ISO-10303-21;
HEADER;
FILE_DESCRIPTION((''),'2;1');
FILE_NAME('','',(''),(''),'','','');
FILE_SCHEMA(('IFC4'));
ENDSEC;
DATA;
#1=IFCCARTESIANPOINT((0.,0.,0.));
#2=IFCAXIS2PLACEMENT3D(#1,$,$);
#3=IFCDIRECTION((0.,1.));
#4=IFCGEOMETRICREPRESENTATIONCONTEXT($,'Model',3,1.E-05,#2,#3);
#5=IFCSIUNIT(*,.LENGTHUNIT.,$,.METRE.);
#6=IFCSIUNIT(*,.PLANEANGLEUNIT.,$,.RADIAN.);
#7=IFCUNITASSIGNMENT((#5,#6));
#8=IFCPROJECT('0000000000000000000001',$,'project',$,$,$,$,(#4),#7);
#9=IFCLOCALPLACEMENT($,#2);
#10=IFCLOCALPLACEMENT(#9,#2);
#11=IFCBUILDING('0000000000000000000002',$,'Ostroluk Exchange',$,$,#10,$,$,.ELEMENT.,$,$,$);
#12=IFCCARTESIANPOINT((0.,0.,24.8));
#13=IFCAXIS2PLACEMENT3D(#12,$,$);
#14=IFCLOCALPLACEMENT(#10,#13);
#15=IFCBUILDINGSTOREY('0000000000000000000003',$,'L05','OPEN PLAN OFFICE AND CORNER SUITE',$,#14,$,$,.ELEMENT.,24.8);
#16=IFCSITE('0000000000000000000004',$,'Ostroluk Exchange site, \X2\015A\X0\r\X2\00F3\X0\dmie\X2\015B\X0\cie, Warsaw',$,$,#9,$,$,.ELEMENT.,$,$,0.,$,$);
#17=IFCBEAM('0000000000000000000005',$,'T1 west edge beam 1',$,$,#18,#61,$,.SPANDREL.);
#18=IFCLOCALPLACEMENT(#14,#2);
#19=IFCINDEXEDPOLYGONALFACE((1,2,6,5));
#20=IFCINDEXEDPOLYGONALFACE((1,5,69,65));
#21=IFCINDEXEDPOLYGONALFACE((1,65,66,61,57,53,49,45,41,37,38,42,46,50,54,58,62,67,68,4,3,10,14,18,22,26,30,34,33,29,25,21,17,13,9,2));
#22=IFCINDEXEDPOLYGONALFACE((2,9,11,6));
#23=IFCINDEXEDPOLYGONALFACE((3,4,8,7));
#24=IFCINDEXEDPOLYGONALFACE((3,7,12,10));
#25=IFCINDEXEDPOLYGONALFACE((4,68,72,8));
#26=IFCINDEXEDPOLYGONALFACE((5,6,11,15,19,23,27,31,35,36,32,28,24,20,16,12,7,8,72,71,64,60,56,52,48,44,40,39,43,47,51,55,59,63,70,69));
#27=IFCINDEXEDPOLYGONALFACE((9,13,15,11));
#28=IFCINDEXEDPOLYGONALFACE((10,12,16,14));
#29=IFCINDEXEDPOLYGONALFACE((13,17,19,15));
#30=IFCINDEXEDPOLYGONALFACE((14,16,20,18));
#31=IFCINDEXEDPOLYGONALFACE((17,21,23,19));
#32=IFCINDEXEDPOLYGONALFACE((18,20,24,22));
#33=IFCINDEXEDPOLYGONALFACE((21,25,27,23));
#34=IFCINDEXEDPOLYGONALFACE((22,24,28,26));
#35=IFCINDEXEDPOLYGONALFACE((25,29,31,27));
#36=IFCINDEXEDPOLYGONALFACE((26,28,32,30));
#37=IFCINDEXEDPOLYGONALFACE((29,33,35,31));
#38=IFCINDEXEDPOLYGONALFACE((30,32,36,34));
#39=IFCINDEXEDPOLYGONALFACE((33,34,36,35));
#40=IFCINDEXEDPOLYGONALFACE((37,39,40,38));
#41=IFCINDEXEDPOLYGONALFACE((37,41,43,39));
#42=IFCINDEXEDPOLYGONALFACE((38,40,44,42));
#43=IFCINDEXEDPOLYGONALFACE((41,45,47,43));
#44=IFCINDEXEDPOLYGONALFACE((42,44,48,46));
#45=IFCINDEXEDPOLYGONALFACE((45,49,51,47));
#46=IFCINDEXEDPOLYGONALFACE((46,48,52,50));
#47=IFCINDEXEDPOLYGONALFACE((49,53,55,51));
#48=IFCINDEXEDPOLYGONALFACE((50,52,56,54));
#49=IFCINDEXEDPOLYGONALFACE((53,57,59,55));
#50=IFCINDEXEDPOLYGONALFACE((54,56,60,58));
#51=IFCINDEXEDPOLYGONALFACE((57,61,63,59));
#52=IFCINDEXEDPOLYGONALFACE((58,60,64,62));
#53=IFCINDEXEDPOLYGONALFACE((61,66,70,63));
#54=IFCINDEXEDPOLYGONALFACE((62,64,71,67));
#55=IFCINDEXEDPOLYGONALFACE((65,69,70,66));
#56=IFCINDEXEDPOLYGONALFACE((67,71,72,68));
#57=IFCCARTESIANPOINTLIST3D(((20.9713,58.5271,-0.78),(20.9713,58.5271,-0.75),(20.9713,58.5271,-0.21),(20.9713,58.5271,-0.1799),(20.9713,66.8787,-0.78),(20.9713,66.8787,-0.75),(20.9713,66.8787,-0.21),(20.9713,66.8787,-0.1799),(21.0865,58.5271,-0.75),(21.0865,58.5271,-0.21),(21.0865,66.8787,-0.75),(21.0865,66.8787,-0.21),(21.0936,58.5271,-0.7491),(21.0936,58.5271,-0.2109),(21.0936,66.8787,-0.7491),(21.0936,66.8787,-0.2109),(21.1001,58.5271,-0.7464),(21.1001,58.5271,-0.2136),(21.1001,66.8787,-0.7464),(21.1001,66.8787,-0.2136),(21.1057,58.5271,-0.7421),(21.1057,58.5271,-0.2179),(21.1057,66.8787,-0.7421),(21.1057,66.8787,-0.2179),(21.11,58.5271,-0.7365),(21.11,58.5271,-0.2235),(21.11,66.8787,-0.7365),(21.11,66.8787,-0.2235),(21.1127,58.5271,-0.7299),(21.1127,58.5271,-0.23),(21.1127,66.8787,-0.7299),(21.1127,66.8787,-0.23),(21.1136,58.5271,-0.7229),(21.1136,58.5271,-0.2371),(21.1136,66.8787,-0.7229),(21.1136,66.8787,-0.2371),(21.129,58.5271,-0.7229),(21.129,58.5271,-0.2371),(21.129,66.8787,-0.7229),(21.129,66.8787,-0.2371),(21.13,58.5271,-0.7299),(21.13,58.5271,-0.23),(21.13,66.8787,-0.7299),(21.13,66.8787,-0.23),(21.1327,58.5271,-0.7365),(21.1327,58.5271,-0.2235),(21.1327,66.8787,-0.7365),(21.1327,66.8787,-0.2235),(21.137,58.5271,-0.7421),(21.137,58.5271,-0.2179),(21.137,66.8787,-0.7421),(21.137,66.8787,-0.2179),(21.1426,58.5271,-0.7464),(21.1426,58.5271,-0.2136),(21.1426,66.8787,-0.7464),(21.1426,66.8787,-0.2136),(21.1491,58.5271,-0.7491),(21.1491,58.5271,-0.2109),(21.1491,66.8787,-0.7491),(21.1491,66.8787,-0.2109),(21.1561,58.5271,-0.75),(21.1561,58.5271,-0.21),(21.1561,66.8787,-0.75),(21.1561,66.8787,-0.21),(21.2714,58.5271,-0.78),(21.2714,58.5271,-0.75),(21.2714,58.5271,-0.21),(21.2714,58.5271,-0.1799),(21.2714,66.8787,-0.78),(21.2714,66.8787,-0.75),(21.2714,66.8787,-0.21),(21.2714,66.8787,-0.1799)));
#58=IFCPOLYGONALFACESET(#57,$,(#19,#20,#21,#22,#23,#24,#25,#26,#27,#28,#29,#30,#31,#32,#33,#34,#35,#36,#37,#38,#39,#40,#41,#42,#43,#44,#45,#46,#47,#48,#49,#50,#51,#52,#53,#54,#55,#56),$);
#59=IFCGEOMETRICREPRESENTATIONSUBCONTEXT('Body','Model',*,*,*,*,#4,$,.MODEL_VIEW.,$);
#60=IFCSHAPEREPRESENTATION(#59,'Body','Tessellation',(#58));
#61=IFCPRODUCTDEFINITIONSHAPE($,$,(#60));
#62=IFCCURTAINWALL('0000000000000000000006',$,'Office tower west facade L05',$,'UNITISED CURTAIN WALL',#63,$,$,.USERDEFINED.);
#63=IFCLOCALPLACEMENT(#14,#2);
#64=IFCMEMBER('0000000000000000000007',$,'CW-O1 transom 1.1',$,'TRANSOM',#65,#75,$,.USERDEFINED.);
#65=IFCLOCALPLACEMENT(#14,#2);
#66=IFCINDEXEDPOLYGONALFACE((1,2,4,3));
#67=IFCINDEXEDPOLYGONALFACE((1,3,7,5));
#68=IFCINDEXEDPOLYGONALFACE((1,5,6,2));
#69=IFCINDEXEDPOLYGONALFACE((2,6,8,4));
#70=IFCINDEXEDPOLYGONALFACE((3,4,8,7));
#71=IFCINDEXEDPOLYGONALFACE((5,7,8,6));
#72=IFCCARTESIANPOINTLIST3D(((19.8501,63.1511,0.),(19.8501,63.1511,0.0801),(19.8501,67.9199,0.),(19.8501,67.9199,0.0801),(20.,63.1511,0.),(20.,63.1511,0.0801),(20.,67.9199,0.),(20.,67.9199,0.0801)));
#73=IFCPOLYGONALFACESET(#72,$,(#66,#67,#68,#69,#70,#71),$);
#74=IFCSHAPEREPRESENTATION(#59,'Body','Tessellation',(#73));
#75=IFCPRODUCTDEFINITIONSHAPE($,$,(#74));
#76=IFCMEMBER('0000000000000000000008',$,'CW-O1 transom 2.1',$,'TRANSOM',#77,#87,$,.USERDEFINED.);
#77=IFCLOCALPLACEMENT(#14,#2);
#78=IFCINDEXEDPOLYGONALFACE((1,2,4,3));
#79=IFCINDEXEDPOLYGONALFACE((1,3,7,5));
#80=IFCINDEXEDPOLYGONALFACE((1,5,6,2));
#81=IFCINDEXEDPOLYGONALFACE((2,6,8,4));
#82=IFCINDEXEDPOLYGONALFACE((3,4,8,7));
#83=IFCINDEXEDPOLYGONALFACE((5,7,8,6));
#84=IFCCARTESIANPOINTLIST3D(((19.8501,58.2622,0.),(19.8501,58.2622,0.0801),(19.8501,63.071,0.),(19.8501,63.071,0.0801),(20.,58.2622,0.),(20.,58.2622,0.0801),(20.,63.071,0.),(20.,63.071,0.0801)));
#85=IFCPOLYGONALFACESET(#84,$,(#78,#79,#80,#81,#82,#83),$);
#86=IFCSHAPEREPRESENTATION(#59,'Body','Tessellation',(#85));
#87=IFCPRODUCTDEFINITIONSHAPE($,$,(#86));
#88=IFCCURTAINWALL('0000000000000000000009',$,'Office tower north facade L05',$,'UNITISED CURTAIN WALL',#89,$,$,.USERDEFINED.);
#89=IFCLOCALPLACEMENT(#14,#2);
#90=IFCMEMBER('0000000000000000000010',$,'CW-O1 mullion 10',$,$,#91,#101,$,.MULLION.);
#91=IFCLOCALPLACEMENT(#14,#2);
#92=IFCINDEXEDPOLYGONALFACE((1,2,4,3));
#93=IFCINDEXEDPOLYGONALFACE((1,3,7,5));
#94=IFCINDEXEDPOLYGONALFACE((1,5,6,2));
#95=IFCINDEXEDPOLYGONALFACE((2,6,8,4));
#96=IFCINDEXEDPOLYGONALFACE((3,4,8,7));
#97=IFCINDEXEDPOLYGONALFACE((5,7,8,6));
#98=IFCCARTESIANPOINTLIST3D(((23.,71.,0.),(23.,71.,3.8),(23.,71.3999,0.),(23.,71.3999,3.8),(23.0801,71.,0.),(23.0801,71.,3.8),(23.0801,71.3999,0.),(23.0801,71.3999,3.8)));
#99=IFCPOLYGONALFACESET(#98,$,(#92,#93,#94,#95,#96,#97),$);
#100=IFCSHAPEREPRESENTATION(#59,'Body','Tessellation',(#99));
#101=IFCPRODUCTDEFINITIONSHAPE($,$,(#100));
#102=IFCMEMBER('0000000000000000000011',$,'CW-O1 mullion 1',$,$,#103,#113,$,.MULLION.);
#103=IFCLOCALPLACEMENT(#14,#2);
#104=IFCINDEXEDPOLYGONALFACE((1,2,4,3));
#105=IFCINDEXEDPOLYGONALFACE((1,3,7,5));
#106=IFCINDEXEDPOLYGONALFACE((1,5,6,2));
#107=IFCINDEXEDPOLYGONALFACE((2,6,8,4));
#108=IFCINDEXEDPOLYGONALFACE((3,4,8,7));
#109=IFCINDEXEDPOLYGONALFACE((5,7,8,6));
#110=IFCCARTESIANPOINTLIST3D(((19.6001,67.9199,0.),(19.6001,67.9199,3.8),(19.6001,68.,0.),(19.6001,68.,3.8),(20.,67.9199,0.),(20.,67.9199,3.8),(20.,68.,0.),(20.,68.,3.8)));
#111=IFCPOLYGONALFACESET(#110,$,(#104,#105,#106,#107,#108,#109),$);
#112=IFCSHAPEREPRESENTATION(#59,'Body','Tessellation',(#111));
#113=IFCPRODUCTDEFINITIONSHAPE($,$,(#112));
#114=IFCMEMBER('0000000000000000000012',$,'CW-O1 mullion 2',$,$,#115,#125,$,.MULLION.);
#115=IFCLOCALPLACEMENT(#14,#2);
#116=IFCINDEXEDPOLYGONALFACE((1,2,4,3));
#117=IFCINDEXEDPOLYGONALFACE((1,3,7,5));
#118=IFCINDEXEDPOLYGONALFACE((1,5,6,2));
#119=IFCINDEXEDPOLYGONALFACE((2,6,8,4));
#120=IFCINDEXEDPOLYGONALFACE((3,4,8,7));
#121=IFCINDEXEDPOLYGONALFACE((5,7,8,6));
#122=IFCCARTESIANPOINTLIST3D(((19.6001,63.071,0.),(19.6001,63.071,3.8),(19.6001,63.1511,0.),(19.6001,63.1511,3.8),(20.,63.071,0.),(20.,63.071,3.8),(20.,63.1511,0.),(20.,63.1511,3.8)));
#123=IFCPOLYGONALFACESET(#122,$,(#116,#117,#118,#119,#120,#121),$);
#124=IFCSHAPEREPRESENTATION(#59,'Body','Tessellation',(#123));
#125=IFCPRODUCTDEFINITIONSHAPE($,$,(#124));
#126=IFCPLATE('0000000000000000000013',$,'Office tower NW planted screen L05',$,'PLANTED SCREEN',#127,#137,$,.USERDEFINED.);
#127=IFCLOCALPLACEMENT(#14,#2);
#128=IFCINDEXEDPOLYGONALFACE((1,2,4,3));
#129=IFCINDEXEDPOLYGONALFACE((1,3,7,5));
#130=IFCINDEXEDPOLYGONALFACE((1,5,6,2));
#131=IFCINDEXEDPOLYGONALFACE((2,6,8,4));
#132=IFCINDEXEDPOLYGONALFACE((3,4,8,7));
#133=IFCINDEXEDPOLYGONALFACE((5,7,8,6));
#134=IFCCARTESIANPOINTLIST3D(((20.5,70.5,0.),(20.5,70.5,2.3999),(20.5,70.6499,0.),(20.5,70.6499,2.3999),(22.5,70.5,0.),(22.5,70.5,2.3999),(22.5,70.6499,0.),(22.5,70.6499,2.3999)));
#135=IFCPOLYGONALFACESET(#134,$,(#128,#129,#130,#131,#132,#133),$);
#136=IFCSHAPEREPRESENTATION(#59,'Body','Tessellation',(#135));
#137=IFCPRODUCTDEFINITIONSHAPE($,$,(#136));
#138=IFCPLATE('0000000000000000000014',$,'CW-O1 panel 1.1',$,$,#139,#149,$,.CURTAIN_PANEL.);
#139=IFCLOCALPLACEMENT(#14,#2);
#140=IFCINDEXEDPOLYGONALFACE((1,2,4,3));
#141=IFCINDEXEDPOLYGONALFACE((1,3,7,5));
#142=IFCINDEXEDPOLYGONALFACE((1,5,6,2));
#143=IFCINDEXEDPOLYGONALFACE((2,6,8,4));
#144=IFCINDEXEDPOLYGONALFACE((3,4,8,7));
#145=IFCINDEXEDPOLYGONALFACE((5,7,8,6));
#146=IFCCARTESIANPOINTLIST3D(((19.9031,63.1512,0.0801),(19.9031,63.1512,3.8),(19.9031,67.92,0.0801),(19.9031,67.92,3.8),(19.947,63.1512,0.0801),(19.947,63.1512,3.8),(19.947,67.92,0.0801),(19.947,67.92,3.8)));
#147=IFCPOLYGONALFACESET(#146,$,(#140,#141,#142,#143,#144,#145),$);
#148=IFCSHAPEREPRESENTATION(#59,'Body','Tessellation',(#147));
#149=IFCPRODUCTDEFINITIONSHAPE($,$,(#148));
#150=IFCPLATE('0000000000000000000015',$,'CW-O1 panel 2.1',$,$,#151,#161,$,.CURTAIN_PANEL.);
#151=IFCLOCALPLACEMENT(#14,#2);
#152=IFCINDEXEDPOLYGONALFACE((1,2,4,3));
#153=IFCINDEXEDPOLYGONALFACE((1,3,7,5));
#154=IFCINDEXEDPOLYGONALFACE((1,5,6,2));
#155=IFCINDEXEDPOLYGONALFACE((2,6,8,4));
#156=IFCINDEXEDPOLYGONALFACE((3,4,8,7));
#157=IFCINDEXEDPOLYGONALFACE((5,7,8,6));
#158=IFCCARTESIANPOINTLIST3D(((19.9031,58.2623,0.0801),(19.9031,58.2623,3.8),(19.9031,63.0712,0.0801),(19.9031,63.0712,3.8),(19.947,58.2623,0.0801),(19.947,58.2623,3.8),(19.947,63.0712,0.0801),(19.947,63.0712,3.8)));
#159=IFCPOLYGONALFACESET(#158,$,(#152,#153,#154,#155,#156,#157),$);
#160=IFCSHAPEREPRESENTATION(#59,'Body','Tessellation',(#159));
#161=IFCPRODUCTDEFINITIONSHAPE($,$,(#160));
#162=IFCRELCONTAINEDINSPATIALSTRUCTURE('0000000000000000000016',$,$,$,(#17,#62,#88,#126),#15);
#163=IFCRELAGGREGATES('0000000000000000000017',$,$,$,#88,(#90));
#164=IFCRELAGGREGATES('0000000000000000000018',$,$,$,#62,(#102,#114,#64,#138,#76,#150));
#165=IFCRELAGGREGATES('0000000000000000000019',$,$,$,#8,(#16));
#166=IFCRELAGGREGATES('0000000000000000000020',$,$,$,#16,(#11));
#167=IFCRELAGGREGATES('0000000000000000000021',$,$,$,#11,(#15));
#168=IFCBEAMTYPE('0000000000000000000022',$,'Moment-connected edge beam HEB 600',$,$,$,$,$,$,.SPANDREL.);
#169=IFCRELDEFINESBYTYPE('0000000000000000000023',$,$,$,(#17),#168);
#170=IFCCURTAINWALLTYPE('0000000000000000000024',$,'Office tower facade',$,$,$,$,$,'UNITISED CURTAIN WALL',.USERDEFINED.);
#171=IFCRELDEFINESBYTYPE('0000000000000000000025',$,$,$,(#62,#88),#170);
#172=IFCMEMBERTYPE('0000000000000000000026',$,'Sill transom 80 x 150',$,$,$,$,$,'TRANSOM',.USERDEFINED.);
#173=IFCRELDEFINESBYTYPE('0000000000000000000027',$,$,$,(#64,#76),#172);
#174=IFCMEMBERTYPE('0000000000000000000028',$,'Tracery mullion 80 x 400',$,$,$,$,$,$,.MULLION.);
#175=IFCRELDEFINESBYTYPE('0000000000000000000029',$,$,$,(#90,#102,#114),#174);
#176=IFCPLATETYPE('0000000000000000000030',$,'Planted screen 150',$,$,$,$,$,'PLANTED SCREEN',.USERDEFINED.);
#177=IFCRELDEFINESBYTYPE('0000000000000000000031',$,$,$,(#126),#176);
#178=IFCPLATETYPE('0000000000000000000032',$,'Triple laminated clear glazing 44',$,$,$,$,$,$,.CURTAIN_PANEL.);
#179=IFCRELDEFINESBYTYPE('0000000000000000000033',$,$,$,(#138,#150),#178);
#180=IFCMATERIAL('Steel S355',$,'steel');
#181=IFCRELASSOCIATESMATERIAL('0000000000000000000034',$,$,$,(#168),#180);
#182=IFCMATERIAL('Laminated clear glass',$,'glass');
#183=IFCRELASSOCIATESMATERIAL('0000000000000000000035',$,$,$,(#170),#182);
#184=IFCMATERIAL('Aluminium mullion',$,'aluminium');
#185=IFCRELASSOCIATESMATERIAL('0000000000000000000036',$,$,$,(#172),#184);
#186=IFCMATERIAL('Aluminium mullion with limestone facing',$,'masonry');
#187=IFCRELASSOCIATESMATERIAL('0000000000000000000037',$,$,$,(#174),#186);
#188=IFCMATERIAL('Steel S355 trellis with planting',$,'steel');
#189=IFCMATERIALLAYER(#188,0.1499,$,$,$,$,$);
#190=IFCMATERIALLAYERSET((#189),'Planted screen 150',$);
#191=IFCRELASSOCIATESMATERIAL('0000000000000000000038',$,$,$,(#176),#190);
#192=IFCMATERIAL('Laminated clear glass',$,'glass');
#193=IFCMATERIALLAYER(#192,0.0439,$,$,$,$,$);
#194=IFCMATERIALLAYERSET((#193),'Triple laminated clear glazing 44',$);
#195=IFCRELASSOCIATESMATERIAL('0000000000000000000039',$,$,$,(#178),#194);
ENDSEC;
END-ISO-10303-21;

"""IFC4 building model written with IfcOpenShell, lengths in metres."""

from ifc_helpers import new_model, si_unit, direction, frame, origin, origin_2d, place, context, subcontext, project, spatial, rectangle, i_section, extrude, material, layer, layer_set, material_profile, profile_set, type_object, element, aggregate, save


model = new_model("IFC4")

# Units and contexts
model_context = context("Model", 3, precision=1e-05, world=origin(), true_north=direction((0.0, 1.0)))
body_context = subcontext(model_context, "Body", "Model", "MODEL_VIEW")
ifc_project = project(units=[si_unit("LENGTHUNIT", "METRE"), si_unit("PLANEANGLEUNIT", "RADIAN")], contexts=[model_context])

# Site, building, storey
site_placement = place(None, origin())
site = spatial("IfcSite", under=ifc_project, at=site_placement, Name="Ostroluk Exchange site, Śródmieście, Warsaw", CompositionType="ELEMENT", RefElevation=0.0)
building_placement = place(site_placement, origin())
building = spatial("IfcBuilding", under=site, at=building_placement, Name="Ostroluk Exchange", CompositionType="ELEMENT")
storey_placement = place(building_placement, frame((0.0, 0.0, 24.8)))
storey = spatial("IfcBuildingStorey", under=building, at=storey_placement, Name="L05", Description="OPEN PLAN OFFICE AND CORNER SUITE", CompositionType="ELEMENT", Elevation=24.8)

# Beam
ifc_material_1 = material(Name="Steel S355", Category="steel")
ifc_material_profile_1 = material_profile(ifc_material_1, i_section(OverallWidth=0.3, OverallDepth=0.6001, WebThickness=0.0154, FlangeThickness=0.03, FilletRadius=0.0271, at=origin_2d()), Name="HEB 600")
ifc_profile_set_1 = profile_set([ifc_material_profile_1], Name="Steel S355")
beam_type_1 = type_object("IfcBeamType", Name="Moment-connected edge beam HEB 600", PredefinedType="SPANDREL", material=ifc_profile_set_1)
beam_placement = place(storey_placement, frame((21.1213, 66.8787, -0.48), z_axis=(0.0, -1.0, 0.0), x_axis=(1.0, 0.0, 0.0)))
element("IfcBeam", 1, at=beam_placement, inside=storey, type_object=beam_type_1, Name="T1 west edge beam 1", PredefinedType="SPANDREL", context=body_context, shape_type="SweptSolid", body=[
    extrude(i_section(OverallWidth=0.3, OverallDepth=0.6001, WebThickness=0.0154, FlangeThickness=0.03, FilletRadius=0.0271, at=origin_2d()), origin(), (0.0, 0.0, 1.0), 8.3516),
])

# Curtain wall, members
ifc_material_2 = material(Name="Laminated clear glass", Category="glass")
curtain_wall_type = type_object("IfcCurtainWallType", Name="Office tower facade", ElementType="UNITISED CURTAIN WALL", PredefinedType="USERDEFINED", material=ifc_material_2)
curtain_wall_1_placement = place(storey_placement, origin())
curtain_wall_1 = element("IfcCurtainWall", 2, at=curtain_wall_1_placement, inside=storey, type_object=curtain_wall_type, Name="Office tower west facade L05", ObjectType="UNITISED CURTAIN WALL", PredefinedType="USERDEFINED")
ifc_material_3 = material(Name="Aluminium mullion", Category="aluminium")
ifc_material_profile_2 = material_profile(ifc_material_3, rectangle(XDim=0.1499, YDim=0.0801, at=origin_2d()), Name="Sill transom 80 x 150")
ifc_profile_set_2 = profile_set([ifc_material_profile_2], Name="Aluminium mullion")
member_type_1 = type_object("IfcMemberType", Name="Sill transom 80 x 150", ElementType="TRANSOM", PredefinedType="USERDEFINED", material=ifc_profile_set_2)
member_1_placement = place(storey_placement, frame((19.925, 67.9199, 0.04), z_axis=(0.0, -1.0, 0.0), x_axis=(1.0, 0.0, 0.0)))
member_1 = element("IfcMember", 3, at=member_1_placement, type_object=member_type_1, Name="CW-O1 transom 1.1", ObjectType="TRANSOM", PredefinedType="USERDEFINED", context=body_context, shape_type="SweptSolid", body=[
    extrude(rectangle(XDim=0.1499, YDim=0.0801, at=origin_2d()), origin(), (0.0, 0.0, 1.0), 4.7688),
])
member_2_placement = place(storey_placement, frame((19.925, 63.071, 0.04), z_axis=(0.0, -1.0, 0.0), x_axis=(1.0, 0.0, 0.0)))
member_2 = element("IfcMember", 4, at=member_2_placement, type_object=member_type_1, Name="CW-O1 transom 2.1", ObjectType="TRANSOM", PredefinedType="USERDEFINED", context=body_context, shape_type="SweptSolid", body=[
    extrude(rectangle(XDim=0.1499, YDim=0.0801, at=origin_2d()), origin(), (0.0, 0.0, 1.0), 4.8088),
])

# Curtain wall, member
curtain_wall_2_placement = place(storey_placement, origin())
curtain_wall_2 = element("IfcCurtainWall", 5, at=curtain_wall_2_placement, inside=storey, type_object=curtain_wall_type, Name="Office tower north facade L05", ObjectType="UNITISED CURTAIN WALL", PredefinedType="USERDEFINED")
ifc_material_4 = material(Name="Aluminium mullion with limestone facing", Category="masonry")
ifc_material_profile_3 = material_profile(ifc_material_4, rectangle(XDim=0.3999, YDim=0.0801, at=origin_2d()), Name="Tracery mullion 80 x 400")
ifc_profile_set_3 = profile_set([ifc_material_profile_3], Name="Aluminium mullion with limestone facing")
member_type_2 = type_object("IfcMemberType", Name="Tracery mullion 80 x 400", PredefinedType="MULLION", material=ifc_profile_set_3)
member_3_placement = place(storey_placement, frame((23.04, 71.2, 0.0), z_axis=(0.0, 0.0, 1.0), x_axis=(0.0, -1.0, 0.0)))
member_3 = element("IfcMember", 6, at=member_3_placement, type_object=member_type_2, Name="CW-O1 mullion 10", PredefinedType="MULLION", context=body_context, shape_type="SweptSolid", body=[
    extrude(rectangle(XDim=0.3999, YDim=0.0801, at=origin_2d()), origin(), (0.0, 0.0, 1.0), 3.8),
])
aggregate(curtain_wall_2, [member_3])

# Members
member_4_placement = place(storey_placement, frame((19.8, 67.96, 0.0), z_axis=(0.0, 0.0, 1.0), x_axis=(1.0, 0.0, 0.0)))
member_4 = element("IfcMember", 7, at=member_4_placement, type_object=member_type_2, Name="CW-O1 mullion 1", PredefinedType="MULLION", context=body_context, shape_type="SweptSolid", body=[
    extrude(rectangle(XDim=0.3999, YDim=0.0801, at=origin_2d()), origin(), (0.0, 0.0, 1.0), 3.8),
])
member_5_placement = place(storey_placement, frame((19.8, 63.1111, 0.0), z_axis=(0.0, 0.0, 1.0), x_axis=(1.0, 0.0, 0.0)))
member_5 = element("IfcMember", 8, at=member_5_placement, type_object=member_type_2, Name="CW-O1 mullion 2", PredefinedType="MULLION", context=body_context, shape_type="SweptSolid", body=[
    extrude(rectangle(XDim=0.3999, YDim=0.0801, at=origin_2d()), origin(), (0.0, 0.0, 1.0), 3.8),
])

# Plates
ifc_material_5 = material(Name="Steel S355 trellis with planting", Category="steel")
ifc_layer_1 = layer(ifc_material_5, 0.1499)
ifc_layer_set_1 = layer_set([ifc_layer_1], Name="Planted screen 150")
plate_type_1 = type_object("IfcPlateType", Name="Planted screen 150", ElementType="PLANTED SCREEN", PredefinedType="USERDEFINED", material=ifc_layer_set_1)
plate_1_placement = place(storey_placement, frame((21.5, 70.575, 0.0), z_axis=(0.0, 0.0, 1.0), x_axis=(1.0, 0.0, 0.0)))
element("IfcPlate", 9, at=plate_1_placement, inside=storey, type_object=plate_type_1, Name="Office tower NW planted screen L05", ObjectType="PLANTED SCREEN", PredefinedType="USERDEFINED", context=body_context, shape_type="SweptSolid", body=[
    extrude(rectangle(XDim=2.0, YDim=0.1499, at=origin_2d()), origin(), (0.0, 0.0, 1.0), 2.3999),
])
ifc_material_6 = material(Name="Laminated clear glass", Category="glass")
ifc_layer_2 = layer(ifc_material_6, 0.0439)
ifc_layer_set_2 = layer_set([ifc_layer_2], Name="Triple laminated clear glazing 44")
plate_type_2 = type_object("IfcPlateType", Name="Triple laminated clear glazing 44", PredefinedType="CURTAIN_PANEL", material=ifc_layer_set_2)
plate_2_placement = place(storey_placement, frame((19.925, 65.5356, 0.0801), z_axis=(0.0, 0.0, 1.0), x_axis=(0.0, -1.0, 0.0)))
plate_2 = element("IfcPlate", 10, at=plate_2_placement, type_object=plate_type_2, Name="CW-O1 panel 1.1", PredefinedType="CURTAIN_PANEL", context=body_context, shape_type="SweptSolid", body=[
    extrude(rectangle(XDim=4.7688, YDim=0.0439, at=origin_2d()), origin(), (0.0, 0.0, 1.0), 3.72),
])
plate_3_placement = place(storey_placement, frame((19.925, 60.6667, 0.0801), z_axis=(0.0, 0.0, 1.0), x_axis=(0.0, -1.0, 0.0)))
plate_3 = element("IfcPlate", 11, at=plate_3_placement, type_object=plate_type_2, Name="CW-O1 panel 2.1", PredefinedType="CURTAIN_PANEL", context=body_context, shape_type="SweptSolid", body=[
    extrude(rectangle(XDim=4.8088, YDim=0.0439, at=origin_2d()), origin(), (0.0, 0.0, 1.0), 3.72),
])
aggregate(curtain_wall_1, [member_4, member_5, member_1, plate_2, member_2, plate_3])

save(model, "model.ifc")
